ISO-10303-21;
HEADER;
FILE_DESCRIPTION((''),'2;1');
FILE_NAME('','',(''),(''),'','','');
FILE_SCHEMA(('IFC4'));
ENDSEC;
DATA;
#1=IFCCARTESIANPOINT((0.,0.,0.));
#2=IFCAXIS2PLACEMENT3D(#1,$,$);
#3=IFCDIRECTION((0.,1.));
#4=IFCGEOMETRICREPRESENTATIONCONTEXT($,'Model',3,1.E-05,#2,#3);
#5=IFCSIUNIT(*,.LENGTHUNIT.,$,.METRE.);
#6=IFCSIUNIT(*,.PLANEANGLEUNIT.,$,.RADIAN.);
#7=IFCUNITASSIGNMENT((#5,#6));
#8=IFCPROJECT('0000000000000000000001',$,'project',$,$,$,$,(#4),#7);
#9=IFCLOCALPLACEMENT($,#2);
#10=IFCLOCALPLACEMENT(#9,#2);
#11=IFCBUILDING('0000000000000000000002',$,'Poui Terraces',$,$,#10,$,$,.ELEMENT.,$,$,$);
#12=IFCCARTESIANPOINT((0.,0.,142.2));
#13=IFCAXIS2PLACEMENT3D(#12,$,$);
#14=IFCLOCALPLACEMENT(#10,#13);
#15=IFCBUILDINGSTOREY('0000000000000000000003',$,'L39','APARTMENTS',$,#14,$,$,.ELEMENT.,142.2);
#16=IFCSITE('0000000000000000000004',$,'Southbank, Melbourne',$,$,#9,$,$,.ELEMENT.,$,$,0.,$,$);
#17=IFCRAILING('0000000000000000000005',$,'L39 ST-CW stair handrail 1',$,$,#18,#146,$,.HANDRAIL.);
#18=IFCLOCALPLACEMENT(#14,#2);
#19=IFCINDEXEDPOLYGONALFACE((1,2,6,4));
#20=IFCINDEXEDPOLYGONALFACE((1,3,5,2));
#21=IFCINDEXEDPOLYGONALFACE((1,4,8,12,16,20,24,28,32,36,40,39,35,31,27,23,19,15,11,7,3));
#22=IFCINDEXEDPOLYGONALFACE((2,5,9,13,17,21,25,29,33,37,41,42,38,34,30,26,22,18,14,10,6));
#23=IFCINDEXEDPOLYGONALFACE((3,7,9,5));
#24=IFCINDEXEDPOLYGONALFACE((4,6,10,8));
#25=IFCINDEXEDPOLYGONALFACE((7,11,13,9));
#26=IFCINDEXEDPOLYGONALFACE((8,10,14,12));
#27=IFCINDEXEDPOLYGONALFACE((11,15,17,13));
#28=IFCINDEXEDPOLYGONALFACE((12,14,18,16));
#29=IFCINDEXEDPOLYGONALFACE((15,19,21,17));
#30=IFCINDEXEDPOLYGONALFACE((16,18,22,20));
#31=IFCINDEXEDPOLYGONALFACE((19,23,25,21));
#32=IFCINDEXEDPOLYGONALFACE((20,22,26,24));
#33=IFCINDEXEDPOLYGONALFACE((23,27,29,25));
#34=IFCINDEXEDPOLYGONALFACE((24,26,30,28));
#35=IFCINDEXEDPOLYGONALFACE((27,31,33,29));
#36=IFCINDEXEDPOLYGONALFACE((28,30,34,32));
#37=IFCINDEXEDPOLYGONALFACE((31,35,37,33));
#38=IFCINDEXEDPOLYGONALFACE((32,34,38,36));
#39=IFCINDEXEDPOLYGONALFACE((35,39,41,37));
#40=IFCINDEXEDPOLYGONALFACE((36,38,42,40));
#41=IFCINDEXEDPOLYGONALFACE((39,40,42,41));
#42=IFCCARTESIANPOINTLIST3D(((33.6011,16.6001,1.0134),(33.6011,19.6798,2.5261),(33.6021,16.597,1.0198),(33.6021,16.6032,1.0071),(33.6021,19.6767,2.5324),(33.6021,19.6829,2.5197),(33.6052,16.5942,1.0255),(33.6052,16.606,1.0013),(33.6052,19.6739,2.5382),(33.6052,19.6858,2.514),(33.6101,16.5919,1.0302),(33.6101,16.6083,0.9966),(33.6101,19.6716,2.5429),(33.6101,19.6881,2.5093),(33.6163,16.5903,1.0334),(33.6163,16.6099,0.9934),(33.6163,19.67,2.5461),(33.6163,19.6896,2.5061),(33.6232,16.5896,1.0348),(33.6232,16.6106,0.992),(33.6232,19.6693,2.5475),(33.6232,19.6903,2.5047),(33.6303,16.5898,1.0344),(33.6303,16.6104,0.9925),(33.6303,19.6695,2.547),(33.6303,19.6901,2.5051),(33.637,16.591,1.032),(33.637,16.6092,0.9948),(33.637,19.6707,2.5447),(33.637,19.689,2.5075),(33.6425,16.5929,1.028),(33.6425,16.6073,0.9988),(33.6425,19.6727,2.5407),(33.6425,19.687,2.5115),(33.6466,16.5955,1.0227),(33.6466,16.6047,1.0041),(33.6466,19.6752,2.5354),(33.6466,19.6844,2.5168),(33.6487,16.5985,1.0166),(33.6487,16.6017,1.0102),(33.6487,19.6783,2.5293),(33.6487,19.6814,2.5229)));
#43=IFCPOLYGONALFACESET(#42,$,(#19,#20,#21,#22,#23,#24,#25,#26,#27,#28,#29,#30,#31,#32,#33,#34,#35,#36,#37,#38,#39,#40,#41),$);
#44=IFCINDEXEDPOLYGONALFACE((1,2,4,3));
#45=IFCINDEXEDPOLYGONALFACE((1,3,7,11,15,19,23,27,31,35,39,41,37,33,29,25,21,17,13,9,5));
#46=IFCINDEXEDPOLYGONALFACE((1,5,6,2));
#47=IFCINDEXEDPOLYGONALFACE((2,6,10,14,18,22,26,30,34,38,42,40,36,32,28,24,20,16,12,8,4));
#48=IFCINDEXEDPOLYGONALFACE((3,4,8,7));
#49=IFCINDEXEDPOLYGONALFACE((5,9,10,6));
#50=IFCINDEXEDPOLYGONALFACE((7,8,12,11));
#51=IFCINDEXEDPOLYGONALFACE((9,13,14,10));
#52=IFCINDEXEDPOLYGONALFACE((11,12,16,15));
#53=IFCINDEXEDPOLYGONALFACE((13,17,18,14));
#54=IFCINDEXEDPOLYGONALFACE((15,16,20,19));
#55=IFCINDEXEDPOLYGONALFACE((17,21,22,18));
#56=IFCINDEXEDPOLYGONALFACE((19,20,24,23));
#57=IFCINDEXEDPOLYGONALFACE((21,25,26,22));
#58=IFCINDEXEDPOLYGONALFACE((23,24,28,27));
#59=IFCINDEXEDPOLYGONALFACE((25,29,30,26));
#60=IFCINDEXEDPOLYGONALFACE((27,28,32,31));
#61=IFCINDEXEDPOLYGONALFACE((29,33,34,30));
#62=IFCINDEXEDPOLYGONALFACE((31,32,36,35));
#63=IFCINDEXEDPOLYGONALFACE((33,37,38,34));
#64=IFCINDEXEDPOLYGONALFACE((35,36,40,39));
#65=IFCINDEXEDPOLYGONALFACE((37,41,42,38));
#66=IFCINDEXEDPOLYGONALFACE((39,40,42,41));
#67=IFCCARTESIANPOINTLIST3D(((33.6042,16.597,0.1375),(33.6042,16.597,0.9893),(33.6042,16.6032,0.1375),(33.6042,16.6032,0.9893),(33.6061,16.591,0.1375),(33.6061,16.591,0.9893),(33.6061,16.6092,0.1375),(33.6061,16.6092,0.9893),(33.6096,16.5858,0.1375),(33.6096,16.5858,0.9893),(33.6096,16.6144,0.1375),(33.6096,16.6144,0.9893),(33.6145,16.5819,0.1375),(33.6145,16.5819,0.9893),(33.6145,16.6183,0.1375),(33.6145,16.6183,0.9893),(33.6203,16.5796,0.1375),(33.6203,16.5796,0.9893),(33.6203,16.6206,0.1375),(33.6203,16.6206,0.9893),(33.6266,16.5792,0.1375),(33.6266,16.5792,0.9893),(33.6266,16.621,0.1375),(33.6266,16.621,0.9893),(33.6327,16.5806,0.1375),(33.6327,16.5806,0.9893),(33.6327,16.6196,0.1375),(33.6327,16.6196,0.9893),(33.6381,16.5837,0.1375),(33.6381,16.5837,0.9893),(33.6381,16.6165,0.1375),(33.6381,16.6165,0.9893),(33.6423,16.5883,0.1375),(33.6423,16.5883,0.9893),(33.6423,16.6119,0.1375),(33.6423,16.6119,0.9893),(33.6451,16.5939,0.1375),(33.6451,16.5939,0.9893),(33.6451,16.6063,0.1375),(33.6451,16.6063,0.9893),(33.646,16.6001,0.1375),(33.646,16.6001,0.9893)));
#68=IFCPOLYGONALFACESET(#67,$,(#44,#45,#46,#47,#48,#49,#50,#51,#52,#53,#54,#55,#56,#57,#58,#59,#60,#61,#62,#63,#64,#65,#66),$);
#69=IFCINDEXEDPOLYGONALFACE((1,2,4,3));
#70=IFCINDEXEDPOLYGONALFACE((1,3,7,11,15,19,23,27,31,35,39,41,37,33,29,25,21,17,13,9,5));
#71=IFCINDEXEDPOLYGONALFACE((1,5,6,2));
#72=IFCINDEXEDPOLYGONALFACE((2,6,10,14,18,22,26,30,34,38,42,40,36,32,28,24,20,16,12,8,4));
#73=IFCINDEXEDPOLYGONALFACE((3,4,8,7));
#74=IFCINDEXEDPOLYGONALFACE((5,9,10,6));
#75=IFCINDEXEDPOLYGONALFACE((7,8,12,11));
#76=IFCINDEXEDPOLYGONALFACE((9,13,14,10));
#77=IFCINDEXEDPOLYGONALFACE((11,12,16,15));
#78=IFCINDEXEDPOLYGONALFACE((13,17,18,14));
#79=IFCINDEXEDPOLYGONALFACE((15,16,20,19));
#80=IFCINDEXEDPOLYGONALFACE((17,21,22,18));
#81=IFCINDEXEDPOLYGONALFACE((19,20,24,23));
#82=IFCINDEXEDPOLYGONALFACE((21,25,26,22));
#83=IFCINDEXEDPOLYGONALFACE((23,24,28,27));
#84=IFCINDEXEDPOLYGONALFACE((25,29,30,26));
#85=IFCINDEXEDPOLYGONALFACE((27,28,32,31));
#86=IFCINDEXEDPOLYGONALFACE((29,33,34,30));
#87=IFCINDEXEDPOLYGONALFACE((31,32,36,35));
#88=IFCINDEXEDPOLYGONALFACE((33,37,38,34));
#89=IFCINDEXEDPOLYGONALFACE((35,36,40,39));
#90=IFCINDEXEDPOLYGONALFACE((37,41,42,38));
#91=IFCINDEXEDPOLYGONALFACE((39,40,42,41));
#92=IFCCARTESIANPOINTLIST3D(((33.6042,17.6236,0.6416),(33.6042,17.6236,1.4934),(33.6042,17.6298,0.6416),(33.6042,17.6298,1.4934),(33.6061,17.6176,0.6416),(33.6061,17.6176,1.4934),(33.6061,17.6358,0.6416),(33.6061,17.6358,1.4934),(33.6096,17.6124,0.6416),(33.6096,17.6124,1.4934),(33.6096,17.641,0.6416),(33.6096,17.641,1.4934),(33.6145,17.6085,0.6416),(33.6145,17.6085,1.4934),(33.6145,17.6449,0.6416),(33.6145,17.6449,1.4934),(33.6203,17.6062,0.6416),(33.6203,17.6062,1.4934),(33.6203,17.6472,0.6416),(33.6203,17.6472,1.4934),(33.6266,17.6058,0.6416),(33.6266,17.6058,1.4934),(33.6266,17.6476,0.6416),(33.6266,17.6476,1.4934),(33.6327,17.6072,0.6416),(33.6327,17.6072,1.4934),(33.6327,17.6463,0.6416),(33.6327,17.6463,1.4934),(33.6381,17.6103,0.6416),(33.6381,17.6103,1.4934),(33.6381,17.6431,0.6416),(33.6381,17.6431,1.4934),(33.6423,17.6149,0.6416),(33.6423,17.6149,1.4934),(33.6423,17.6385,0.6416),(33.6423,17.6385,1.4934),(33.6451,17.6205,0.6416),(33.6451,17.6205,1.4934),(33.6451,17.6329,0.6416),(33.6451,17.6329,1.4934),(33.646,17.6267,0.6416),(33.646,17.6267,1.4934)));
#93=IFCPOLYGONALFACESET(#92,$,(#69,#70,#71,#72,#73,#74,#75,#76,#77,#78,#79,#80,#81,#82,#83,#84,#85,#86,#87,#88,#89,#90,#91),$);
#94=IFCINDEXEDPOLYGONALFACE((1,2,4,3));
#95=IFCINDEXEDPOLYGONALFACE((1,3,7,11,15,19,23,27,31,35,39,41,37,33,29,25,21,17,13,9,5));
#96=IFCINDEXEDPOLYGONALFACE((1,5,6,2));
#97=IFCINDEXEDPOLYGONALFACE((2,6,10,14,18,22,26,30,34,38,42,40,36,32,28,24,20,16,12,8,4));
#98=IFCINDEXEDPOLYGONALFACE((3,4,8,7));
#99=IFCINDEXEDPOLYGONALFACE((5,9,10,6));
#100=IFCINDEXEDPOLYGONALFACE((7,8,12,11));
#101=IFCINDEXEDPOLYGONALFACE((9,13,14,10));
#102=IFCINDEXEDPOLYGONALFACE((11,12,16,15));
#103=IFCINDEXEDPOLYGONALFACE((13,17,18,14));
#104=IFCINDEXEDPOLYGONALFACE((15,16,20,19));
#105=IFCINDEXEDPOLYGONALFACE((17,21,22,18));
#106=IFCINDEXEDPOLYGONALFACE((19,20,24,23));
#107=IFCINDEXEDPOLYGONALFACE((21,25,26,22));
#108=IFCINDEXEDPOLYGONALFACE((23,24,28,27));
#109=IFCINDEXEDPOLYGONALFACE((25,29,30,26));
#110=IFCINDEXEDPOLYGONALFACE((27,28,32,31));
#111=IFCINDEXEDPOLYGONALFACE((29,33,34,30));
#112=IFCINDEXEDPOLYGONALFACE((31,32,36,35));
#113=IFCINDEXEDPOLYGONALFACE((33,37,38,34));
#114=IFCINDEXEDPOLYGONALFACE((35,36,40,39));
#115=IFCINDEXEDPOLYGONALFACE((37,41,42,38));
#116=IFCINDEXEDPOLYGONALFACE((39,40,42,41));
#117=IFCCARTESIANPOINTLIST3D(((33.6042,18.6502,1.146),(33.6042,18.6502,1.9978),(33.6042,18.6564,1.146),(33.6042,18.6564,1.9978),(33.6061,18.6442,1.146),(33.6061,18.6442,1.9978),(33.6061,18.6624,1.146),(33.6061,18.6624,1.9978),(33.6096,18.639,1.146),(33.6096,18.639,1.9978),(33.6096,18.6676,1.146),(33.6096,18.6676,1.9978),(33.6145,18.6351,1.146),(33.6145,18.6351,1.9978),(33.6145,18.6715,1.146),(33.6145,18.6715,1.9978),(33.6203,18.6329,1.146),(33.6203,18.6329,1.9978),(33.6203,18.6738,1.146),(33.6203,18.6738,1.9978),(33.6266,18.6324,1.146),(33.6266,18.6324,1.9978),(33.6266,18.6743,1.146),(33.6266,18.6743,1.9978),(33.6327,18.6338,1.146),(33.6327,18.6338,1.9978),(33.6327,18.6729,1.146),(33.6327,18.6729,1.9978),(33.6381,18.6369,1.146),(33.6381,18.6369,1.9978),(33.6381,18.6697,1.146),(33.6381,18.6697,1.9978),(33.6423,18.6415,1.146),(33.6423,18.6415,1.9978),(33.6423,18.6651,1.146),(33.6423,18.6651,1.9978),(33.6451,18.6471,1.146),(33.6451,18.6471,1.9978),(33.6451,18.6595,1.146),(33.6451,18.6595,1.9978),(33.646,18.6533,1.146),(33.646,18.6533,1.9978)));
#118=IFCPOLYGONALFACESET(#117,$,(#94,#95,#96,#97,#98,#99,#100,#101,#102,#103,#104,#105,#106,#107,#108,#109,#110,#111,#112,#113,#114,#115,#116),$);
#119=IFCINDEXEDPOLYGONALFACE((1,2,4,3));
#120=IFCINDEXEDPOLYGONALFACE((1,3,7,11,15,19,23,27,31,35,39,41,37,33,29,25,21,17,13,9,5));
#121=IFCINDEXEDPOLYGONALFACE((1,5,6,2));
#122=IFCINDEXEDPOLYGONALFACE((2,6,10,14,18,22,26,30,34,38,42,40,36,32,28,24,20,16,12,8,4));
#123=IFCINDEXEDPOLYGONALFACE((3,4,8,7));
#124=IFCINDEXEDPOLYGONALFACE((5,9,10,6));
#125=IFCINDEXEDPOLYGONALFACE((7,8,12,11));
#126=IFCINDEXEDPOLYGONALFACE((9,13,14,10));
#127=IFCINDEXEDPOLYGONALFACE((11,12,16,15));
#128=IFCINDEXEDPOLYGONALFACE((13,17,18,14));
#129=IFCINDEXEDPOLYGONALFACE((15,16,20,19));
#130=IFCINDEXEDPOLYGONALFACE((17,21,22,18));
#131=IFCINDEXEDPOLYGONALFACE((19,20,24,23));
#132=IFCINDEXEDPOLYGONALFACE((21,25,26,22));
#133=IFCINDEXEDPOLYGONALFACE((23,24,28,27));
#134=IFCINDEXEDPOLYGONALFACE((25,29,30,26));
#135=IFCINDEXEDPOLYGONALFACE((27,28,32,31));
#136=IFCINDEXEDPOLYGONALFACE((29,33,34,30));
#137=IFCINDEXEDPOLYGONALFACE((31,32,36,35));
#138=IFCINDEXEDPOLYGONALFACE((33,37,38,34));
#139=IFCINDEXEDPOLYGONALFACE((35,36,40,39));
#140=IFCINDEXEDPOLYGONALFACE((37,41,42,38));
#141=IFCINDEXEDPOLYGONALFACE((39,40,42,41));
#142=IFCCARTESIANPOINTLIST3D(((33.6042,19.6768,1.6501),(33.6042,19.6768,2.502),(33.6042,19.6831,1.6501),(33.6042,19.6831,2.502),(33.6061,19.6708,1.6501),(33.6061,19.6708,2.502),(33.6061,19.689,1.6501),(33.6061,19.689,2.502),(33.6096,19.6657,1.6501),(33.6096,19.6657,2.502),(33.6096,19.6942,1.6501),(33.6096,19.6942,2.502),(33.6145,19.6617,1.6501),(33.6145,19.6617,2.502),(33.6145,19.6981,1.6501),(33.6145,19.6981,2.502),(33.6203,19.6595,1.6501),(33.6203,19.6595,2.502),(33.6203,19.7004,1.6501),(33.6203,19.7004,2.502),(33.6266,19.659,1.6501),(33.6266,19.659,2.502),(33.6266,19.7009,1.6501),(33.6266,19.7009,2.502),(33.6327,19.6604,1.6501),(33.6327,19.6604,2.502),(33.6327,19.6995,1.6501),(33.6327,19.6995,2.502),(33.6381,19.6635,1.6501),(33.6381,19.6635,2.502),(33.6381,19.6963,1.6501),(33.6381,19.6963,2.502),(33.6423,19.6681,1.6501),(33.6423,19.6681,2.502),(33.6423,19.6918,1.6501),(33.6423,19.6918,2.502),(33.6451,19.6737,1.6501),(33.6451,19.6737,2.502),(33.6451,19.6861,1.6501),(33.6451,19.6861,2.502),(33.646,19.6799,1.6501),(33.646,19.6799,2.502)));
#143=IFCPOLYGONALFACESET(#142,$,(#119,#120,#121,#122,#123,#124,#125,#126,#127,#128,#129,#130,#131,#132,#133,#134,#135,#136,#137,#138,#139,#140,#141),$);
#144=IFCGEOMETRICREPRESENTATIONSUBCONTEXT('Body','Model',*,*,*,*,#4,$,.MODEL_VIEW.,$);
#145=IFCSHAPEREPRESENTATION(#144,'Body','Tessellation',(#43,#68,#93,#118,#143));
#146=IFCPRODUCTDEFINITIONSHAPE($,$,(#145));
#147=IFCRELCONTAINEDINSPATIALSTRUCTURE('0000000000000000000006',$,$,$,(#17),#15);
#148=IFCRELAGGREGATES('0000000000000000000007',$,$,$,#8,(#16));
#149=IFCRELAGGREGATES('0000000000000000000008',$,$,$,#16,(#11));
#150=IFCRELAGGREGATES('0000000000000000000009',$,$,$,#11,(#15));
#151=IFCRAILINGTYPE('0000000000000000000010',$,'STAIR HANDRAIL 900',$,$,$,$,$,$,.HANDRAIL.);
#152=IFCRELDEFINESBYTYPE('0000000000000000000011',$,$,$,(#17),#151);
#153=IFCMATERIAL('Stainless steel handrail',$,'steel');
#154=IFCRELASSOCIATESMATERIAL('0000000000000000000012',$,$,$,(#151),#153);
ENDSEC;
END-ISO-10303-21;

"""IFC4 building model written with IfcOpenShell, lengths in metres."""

from ifc_helpers import new_model, si_unit, direction, frame, origin, origin_2d, place, context, subcontext, project, spatial, circle, extrude, material, type_object, element, save


model = new_model("IFC4")

# Units and contexts
model_context = context("Model", 3, precision=1e-05, world=origin(), true_north=direction((0.0, 1.0)))
body_context = subcontext(model_context, "Body", "Model", "MODEL_VIEW")
ifc_project = project(units=[si_unit("LENGTHUNIT", "METRE"), si_unit("PLANEANGLEUNIT", "RADIAN")], contexts=[model_context])

# Site, building, storey
site_placement = place(None, origin())
site = spatial("IfcSite", under=ifc_project, at=site_placement, Name="Southbank, Melbourne", CompositionType="ELEMENT", RefElevation=0.0)
building_placement = place(site_placement, origin())
building = spatial("IfcBuilding", under=site, at=building_placement, Name="Poui Terraces", CompositionType="ELEMENT")
storey_placement = place(building_placement, frame((0.0, 0.0, 142.2)))
storey = spatial("IfcBuildingStorey", under=building, at=storey_placement, Name="L39", Description="APARTMENTS", CompositionType="ELEMENT", Elevation=142.2)

# Railing
ifc_material_1 = material(Name="Stainless steel handrail", Category="steel")
railing_type_1 = type_object("IfcRailingType", Name="STAIR HANDRAIL 900", PredefinedType="HANDRAIL", material=ifc_material_1)
railing_1_placement = place(storey_placement, frame((33.625, 16.6001, 0.1375)))
element("IfcRailing", 1, at=railing_1_placement, inside=storey, type_object=railing_type_1, Name="L39 ST-CW stair handrail 1", PredefinedType="HANDRAIL", context=body_context, shape_type="SweptSolid", body=[
    extrude(circle(Radius=0.0239, at=origin_2d()), frame((0.0, 0.0, 0.876), z_axis=(0.0, 0.897578, 0.440856), x_axis=(-1.0, 0.0, 0.0)), (0.0, 0.0, 1.0), 3.4312),
    extrude(circle(Radius=0.021, at=origin_2d()), origin(), (0.0, 0.0, 1.0), 0.8518),
    extrude(circle(Radius=0.021, at=origin_2d()), frame((0.0, 1.0266, 0.5042)), (0.0, 0.0, 1.0), 0.8518),
    extrude(circle(Radius=0.021, at=origin_2d()), frame((0.0, 2.0532, 1.0085)), (0.0, 0.0, 1.0), 0.8518),
    extrude(circle(Radius=0.021, at=origin_2d()), frame((0.0, 3.0798, 1.5127)), (0.0, 0.0, 1.0), 0.8518),
])

save(model, "model.ifc")
